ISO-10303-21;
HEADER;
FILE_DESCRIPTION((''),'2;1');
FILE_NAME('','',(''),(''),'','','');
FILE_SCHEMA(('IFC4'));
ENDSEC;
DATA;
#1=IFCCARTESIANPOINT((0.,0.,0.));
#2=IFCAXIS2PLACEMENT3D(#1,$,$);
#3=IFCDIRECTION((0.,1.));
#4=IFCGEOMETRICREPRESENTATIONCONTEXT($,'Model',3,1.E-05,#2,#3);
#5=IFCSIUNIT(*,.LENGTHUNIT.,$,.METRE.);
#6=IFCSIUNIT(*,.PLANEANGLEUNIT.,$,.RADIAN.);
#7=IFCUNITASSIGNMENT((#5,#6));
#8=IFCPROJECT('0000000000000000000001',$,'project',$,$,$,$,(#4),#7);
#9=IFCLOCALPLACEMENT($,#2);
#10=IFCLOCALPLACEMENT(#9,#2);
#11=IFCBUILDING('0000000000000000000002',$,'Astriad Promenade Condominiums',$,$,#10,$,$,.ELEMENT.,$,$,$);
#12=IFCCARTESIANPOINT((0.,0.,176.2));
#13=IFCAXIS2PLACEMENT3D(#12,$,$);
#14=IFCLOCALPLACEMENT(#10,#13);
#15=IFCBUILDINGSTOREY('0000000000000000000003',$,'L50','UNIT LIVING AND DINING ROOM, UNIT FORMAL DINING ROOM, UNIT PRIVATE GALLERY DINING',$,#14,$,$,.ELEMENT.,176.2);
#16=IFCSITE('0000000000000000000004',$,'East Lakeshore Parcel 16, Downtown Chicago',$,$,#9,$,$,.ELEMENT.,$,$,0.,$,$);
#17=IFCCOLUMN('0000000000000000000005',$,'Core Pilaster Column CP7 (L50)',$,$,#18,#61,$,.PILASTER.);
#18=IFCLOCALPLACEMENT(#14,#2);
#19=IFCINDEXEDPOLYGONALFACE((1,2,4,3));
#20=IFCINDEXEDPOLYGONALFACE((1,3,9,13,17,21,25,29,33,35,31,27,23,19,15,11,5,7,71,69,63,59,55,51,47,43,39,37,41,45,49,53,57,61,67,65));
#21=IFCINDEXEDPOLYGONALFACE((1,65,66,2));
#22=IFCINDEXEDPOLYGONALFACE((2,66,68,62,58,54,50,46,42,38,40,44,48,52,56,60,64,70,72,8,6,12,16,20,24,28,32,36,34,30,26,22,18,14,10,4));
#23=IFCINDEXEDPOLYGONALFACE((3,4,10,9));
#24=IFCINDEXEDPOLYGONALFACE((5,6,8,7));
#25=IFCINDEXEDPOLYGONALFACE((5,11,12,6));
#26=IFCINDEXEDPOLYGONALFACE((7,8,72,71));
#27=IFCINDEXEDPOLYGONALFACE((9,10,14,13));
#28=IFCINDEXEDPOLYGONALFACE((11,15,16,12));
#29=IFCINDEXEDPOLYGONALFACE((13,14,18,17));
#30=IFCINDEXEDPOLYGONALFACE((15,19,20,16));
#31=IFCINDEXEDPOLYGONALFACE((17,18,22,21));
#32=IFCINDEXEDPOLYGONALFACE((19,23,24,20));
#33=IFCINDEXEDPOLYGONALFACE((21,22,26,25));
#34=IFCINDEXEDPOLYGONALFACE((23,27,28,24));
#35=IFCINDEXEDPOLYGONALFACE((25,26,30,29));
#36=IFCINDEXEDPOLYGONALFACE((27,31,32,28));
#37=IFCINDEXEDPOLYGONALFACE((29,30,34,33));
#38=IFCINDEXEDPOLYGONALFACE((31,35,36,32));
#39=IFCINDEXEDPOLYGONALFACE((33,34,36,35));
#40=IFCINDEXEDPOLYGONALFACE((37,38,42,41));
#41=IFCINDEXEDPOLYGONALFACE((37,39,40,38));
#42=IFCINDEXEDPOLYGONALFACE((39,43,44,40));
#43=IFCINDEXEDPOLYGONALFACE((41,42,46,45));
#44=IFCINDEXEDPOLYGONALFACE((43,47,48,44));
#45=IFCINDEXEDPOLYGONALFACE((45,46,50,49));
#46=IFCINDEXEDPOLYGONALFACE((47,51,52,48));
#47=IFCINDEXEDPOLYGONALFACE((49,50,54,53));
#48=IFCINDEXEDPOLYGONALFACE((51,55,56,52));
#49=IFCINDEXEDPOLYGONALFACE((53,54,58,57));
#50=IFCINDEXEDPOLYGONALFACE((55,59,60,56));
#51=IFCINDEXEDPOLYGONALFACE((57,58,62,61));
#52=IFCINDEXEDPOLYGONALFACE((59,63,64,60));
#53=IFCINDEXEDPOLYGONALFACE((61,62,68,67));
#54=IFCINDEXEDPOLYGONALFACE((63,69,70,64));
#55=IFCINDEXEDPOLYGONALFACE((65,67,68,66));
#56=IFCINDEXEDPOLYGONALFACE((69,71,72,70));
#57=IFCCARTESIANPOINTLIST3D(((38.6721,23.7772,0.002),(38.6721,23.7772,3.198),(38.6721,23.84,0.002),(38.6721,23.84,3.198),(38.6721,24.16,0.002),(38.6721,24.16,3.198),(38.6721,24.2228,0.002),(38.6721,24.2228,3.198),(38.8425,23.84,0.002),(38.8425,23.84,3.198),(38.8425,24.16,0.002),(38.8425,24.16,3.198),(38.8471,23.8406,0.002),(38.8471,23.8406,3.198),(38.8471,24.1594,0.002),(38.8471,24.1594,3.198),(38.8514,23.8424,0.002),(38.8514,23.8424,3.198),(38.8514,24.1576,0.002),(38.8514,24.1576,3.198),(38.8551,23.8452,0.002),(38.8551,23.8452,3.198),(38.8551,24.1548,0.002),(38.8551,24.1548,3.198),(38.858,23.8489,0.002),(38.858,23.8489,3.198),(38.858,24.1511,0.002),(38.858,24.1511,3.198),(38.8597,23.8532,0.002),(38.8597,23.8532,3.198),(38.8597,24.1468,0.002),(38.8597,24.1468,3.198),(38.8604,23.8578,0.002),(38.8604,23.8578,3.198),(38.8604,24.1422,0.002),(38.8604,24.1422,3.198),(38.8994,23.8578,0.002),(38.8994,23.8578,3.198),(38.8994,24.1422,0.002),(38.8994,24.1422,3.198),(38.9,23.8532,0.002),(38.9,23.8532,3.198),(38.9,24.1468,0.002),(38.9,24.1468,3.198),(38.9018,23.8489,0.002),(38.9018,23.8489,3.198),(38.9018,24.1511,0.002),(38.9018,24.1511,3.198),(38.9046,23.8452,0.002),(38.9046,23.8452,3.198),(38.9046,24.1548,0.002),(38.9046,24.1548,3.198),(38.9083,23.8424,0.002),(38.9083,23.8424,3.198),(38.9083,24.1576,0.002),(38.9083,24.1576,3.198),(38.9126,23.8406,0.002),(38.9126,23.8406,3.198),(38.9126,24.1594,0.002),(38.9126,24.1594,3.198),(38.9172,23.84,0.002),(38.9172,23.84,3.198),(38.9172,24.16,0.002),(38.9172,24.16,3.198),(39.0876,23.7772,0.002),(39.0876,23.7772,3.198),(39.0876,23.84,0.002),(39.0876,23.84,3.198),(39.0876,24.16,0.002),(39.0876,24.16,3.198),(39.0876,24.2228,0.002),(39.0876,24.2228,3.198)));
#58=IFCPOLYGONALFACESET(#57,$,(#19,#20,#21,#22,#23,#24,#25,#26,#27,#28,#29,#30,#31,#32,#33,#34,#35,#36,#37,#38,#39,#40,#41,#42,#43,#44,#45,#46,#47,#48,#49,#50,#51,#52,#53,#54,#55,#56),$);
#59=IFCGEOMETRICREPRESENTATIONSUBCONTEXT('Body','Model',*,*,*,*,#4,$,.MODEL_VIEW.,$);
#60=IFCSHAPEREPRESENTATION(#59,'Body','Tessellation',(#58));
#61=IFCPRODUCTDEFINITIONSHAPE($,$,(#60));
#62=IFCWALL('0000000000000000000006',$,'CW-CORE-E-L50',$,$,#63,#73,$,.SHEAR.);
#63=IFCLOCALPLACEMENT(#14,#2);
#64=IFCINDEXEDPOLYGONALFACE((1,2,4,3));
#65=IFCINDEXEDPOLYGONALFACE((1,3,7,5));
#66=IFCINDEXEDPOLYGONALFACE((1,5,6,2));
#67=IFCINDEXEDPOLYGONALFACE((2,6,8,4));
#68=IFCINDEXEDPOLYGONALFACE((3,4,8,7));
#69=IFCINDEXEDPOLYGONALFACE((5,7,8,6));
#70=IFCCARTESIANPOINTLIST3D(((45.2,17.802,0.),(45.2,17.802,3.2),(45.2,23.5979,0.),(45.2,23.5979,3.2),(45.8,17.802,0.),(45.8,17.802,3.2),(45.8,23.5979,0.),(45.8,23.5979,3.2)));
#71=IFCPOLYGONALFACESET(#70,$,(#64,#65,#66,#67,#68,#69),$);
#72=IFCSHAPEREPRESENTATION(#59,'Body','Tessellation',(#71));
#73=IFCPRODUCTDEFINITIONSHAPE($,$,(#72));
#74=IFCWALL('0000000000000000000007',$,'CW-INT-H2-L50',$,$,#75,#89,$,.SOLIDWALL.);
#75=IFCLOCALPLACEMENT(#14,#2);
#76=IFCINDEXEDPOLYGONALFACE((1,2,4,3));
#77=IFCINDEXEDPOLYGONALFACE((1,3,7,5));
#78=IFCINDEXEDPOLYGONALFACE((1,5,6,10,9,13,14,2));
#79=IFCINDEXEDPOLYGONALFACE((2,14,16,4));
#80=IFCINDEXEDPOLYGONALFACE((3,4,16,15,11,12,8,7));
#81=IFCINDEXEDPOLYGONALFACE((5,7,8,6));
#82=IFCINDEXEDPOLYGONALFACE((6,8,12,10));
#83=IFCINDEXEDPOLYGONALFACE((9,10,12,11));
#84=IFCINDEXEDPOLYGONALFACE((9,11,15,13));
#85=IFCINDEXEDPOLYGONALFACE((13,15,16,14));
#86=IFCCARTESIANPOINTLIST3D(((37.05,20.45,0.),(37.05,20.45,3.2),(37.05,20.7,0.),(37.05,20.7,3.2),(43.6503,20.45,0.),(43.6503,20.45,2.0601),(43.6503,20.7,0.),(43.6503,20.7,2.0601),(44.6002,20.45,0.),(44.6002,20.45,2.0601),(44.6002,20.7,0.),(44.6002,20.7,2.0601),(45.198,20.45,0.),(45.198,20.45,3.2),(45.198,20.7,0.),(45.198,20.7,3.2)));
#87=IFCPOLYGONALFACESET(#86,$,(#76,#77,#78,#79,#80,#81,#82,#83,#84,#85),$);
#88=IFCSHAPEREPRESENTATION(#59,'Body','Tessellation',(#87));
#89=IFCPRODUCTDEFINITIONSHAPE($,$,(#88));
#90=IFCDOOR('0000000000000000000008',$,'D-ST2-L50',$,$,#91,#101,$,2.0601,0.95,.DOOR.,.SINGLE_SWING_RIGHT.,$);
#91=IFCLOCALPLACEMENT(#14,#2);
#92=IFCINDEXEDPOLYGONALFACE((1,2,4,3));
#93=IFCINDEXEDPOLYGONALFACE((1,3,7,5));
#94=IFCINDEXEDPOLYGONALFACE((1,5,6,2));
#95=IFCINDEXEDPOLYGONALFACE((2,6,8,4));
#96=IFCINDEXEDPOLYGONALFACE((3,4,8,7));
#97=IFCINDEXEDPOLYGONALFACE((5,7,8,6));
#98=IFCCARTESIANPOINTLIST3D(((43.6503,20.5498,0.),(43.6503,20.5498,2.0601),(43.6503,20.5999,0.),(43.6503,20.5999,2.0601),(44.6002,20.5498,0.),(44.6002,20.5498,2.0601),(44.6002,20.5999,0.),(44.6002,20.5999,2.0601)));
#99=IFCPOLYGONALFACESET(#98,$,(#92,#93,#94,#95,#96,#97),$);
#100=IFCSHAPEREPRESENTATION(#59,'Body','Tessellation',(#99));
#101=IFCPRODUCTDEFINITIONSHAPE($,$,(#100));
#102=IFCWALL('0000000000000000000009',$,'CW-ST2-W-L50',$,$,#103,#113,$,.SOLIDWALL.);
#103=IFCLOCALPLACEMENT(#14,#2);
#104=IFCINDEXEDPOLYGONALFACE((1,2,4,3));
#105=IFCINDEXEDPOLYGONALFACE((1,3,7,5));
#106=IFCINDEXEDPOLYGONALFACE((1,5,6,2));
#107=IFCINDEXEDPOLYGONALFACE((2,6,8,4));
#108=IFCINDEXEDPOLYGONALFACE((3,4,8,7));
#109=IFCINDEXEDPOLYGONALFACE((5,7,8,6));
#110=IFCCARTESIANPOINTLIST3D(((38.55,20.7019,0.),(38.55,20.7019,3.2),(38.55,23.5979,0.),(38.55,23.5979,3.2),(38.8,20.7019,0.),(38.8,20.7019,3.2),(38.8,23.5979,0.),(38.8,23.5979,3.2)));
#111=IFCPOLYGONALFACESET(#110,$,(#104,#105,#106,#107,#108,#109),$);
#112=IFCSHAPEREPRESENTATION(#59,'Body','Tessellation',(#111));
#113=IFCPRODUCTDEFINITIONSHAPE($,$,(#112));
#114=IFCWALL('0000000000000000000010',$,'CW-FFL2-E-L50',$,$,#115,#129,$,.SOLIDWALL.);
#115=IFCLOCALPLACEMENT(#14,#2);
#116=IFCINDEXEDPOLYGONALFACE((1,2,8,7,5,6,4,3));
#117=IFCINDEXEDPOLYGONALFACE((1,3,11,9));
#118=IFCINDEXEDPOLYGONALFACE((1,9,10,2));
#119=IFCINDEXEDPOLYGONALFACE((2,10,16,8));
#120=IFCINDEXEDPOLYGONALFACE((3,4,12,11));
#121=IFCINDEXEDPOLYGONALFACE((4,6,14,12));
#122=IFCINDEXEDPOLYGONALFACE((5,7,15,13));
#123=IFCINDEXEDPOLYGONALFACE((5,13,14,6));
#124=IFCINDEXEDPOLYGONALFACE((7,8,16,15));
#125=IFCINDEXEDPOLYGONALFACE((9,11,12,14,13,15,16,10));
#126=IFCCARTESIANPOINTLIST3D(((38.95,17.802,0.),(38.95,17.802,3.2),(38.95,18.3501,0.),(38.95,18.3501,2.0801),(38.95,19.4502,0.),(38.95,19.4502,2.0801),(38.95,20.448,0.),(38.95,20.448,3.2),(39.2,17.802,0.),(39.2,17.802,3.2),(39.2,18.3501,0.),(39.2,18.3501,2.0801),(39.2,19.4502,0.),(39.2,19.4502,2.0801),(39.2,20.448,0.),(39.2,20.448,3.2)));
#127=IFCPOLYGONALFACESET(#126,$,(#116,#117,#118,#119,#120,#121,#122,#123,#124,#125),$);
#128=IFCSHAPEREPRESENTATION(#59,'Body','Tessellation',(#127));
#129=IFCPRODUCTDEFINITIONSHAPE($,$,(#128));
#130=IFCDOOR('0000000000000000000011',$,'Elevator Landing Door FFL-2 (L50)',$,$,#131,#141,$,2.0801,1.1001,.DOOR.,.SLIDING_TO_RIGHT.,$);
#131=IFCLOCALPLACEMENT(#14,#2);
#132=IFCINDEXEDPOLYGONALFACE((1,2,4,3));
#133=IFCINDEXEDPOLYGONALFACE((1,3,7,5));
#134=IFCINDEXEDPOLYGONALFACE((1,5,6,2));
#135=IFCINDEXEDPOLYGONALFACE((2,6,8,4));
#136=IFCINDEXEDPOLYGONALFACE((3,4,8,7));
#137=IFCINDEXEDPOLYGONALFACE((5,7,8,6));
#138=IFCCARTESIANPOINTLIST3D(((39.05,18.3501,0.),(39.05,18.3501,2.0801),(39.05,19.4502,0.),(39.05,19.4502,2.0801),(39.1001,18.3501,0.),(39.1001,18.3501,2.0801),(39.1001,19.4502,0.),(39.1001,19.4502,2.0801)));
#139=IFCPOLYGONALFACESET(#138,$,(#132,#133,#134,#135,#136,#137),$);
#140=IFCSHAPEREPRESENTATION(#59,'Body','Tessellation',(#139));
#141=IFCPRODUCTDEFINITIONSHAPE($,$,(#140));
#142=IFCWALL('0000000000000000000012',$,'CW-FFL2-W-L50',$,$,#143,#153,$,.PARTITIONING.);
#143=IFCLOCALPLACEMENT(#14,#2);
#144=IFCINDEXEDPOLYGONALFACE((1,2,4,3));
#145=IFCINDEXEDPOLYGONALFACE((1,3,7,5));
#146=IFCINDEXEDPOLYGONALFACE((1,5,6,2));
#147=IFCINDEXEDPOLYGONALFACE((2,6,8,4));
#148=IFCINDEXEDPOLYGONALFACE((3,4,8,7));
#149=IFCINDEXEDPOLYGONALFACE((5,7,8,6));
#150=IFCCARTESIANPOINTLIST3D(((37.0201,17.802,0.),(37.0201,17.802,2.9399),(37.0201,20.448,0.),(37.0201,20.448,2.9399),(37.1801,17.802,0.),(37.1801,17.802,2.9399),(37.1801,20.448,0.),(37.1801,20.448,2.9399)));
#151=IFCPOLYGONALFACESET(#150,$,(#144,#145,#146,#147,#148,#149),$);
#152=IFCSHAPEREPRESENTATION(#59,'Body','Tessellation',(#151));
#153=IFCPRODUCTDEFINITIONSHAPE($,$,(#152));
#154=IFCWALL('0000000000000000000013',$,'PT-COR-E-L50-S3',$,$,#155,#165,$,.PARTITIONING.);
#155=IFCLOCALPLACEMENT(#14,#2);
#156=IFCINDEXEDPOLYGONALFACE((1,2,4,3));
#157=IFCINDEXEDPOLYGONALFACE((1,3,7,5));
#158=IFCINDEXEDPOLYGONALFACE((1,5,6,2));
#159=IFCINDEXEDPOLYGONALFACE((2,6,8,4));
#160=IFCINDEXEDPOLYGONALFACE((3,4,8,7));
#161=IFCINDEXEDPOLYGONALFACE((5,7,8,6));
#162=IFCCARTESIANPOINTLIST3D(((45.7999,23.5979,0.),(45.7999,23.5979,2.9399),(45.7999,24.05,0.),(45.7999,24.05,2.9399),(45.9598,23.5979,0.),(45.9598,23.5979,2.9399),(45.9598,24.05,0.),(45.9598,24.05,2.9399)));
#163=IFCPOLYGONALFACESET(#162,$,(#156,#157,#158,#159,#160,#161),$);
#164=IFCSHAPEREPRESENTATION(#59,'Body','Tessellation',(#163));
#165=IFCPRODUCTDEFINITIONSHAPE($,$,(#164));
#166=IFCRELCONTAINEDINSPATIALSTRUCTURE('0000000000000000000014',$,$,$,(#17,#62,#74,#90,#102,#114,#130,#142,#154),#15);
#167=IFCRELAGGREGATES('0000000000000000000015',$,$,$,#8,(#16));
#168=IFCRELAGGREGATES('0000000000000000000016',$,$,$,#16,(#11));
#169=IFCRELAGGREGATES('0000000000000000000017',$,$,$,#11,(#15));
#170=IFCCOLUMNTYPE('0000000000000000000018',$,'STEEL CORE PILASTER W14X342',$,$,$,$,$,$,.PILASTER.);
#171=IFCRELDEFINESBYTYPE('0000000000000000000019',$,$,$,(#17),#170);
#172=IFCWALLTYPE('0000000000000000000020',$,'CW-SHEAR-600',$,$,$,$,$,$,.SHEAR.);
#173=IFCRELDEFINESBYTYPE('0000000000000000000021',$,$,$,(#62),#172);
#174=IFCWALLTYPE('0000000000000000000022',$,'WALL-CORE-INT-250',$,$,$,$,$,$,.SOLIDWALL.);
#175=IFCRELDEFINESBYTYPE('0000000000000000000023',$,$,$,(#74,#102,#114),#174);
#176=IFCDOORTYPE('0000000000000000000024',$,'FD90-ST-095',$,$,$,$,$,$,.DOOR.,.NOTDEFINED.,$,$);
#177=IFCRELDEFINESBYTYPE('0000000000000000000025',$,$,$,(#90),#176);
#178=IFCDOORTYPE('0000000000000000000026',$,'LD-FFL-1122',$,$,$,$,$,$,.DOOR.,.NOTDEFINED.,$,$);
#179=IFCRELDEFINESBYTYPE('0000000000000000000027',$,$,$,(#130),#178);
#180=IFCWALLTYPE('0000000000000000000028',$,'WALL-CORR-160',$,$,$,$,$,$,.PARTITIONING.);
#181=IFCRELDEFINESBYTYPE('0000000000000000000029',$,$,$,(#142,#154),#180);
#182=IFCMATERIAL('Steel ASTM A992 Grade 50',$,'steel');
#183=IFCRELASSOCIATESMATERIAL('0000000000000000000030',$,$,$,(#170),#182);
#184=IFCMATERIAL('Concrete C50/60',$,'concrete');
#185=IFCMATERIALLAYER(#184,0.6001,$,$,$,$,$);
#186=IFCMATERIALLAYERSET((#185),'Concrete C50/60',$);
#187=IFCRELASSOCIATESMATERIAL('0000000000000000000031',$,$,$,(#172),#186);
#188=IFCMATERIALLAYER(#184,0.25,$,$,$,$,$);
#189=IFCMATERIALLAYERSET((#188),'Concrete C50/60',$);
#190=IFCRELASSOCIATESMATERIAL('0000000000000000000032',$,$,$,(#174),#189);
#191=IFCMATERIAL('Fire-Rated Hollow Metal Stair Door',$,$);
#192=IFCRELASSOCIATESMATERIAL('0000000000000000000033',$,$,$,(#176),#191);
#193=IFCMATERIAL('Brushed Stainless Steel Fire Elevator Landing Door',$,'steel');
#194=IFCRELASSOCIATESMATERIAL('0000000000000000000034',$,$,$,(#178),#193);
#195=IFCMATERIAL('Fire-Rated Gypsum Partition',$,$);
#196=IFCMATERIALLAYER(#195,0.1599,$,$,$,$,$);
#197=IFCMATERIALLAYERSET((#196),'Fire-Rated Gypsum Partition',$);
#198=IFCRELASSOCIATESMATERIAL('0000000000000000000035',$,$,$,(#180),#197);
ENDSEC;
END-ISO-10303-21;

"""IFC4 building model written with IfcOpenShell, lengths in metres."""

from ifc_helpers import new_model, si_unit, direction, frame, frame_2d, origin, origin_2d, place, context, subcontext, project, spatial, rectangle, i_section, extrude, source, transform, mapped, material, layer, layer_set, material_profile, profile_set, type_object, type_shapes, element, fill, save


model = new_model("IFC4")

# Units and contexts
model_context = context("Model", 3, precision=1e-05, world=origin(), true_north=direction((0.0, 1.0)))
body_context = subcontext(model_context, "Body", "Model", "MODEL_VIEW")
ifc_project = project(units=[si_unit("LENGTHUNIT", "METRE"), si_unit("PLANEANGLEUNIT", "RADIAN")], contexts=[model_context])

# Site, building, storey
site_placement = place(None, origin())
site = spatial("IfcSite", under=ifc_project, at=site_placement, Name="East Lakeshore Parcel 16, Downtown Chicago", CompositionType="ELEMENT", RefElevation=0.0)
building_placement = place(site_placement, origin())
building = spatial("IfcBuilding", under=site, at=building_placement, Name="Astriad Promenade Condominiums", CompositionType="ELEMENT")
storey_placement = place(building_placement, frame((0.0, 0.0, 176.2)))
storey = spatial("IfcBuildingStorey", under=building, at=storey_placement, Name="L50", Description="UNIT LIVING AND DINING ROOM, UNIT FORMAL DINING ROOM, UNIT PRIVATE GALLERY DINING", CompositionType="ELEMENT", Elevation=176.2)

# Column
ifc_material_1 = material(Name="Steel ASTM A992 Grade 50", Category="steel")
ifc_material_profile = material_profile(ifc_material_1, i_section(OverallWidth=0.4155, OverallDepth=0.4456, WebThickness=0.0391, FlangeThickness=0.0627, FilletRadius=0.0178, at=origin_2d()), Name="W14X342")
ifc_profile_set = profile_set([ifc_material_profile], Name="Steel ASTM A992 Grade 50")
column_type = type_object("IfcColumnType", Name="STEEL CORE PILASTER W14X342", PredefinedType="PILASTER", material=ifc_profile_set)
shared_shape_1 = source(origin(), body_context, "Body", "SweptSolid", [
    extrude(i_section(OverallWidth=0.4155, OverallDepth=0.4456, WebThickness=0.0391, FlangeThickness=0.0627, FilletRadius=0.0178, at=origin_2d()), origin(), (0.0, 0.0, 1.0), 3.196),
])
type_shapes(column_type, [shared_shape_1])
column_placement = place(storey_placement, frame((38.8799, 24.0, 0.002), z_axis=(0.0, 0.0, 1.0), x_axis=(1.0, 0.0, 0.0)))
element("IfcColumn", 1, at=column_placement, inside=storey, type_object=column_type, Name="Core Pilaster Column CP7 (L50)", PredefinedType="PILASTER", context=body_context, shape_type="MappedRepresentation", body=[
    mapped(shared_shape_1, transform((0.0, 0.0, 0.0), scale=1.0)),
])

# Wall
ifc_material_2 = material(Name="Concrete C50/60", Category="concrete")
ifc_layer_1 = layer(ifc_material_2, 0.6001)
ifc_layer_set_1 = layer_set([ifc_layer_1], Name="Concrete C50/60")
wall_type_1 = type_object("IfcWallType", Name="CW-SHEAR-600", PredefinedType="SHEAR", material=ifc_layer_set_1)
wall_1_placement = place(storey_placement, frame((45.5, 17.802, 0.0), z_axis=(0.0, 0.0, 1.0), x_axis=(0.0, 1.0, 0.0)))
element("IfcWall", 2, at=wall_1_placement, inside=storey, type_object=wall_type_1, Name="CW-CORE-E-L50", PredefinedType="SHEAR", context=body_context, shape_type="SweptSolid", body=[
    extrude(rectangle(XDim=5.7959, YDim=0.6001, at=frame_2d((2.8979, 0.0))), origin(), (0.0, 0.0, 1.0), 3.2),
])

# Wall, opening, door
ifc_layer_2 = layer(ifc_material_2, 0.25)
ifc_layer_set_2 = layer_set([ifc_layer_2], Name="Concrete C50/60")
wall_type_2 = type_object("IfcWallType", Name="WALL-CORE-INT-250", PredefinedType="SOLIDWALL", material=ifc_layer_set_2)
wall_2_placement = place(storey_placement, frame((37.05, 20.575, 0.0), z_axis=(0.0, 0.0, 1.0), x_axis=(1.0, 0.0, 0.0)))
wall_2 = element("IfcWall", 3, at=wall_2_placement, inside=storey, type_object=wall_type_2, Name="CW-INT-H2-L50", PredefinedType="SOLIDWALL", context=body_context, shape_type="SweptSolid", body=[
    extrude(rectangle(XDim=8.1479, YDim=0.25, at=frame_2d((4.074, 0.0))), origin(), (0.0, 0.0, 1.0), 3.2),
])
opening_1_placement = place(wall_2_placement, frame((6.6001, 0.0, 0.0)))
opening_1 = element("IfcOpeningElement", 4, at=opening_1_placement, cuts=wall_2, PredefinedType="OPENING", context=body_context, shape_type="SweptSolid", body=[
    extrude(rectangle(XDim=0.95, YDim=2.0601, at=frame_2d((0.4751, 1.03))), frame((0.0, 0.135, 0.0), z_axis=(0.0, -1.0, 0.0), x_axis=(1.0, 0.0, 0.0)), (0.0, 0.0, 1.0), 0.27),
])
ifc_material_3 = material(Name="Fire-Rated Hollow Metal Stair Door")
door_type_1 = type_object("IfcDoorType", Name="FD90-ST-095", OperationType="NOTDEFINED", PredefinedType="DOOR", material=ifc_material_3)
shared_shape_2 = source(origin(), body_context, "Body", "SweptSolid", [
    extrude(rectangle(XDim=0.95, YDim=2.0601, at=frame_2d((0.4751, 1.03))), frame((0.0, 0.0249, 0.0), z_axis=(0.0, -1.0, 0.0), x_axis=(1.0, 0.0, 0.0)), (0.0, 0.0, 1.0), 0.05),
])
type_shapes(door_type_1, [shared_shape_2])
door_1_placement = place(opening_1_placement, origin())
door_1 = element("IfcDoor", 5, at=door_1_placement, inside=storey, type_object=door_type_1, Name="D-ST2-L50", OperationType="SINGLE_SWING_RIGHT", OverallHeight=2.0601, OverallWidth=0.95, PredefinedType="DOOR", context=body_context, shape_type="MappedRepresentation", body=[
    mapped(shared_shape_2, transform((0.0, 0.0, 0.0), scale=1.0)),
])
fill(opening_1, door_1)

# Wall
wall_3_placement = place(storey_placement, frame((38.675, 20.7019, 0.0), z_axis=(0.0, 0.0, 1.0), x_axis=(0.0, 1.0, 0.0)))
element("IfcWall", 6, at=wall_3_placement, inside=storey, type_object=wall_type_2, Name="CW-ST2-W-L50", PredefinedType="SOLIDWALL", context=body_context, shape_type="SweptSolid", body=[
    extrude(rectangle(XDim=2.896, YDim=0.25, at=frame_2d((1.448, 0.0))), origin(), (0.0, 0.0, 1.0), 3.2),
])

# Wall, opening, door
wall_4_placement = place(storey_placement, frame((39.075, 17.802, 0.0), z_axis=(0.0, 0.0, 1.0), x_axis=(0.0, 1.0, 0.0)))
wall_4 = element("IfcWall", 7, at=wall_4_placement, inside=storey, type_object=wall_type_2, Name="CW-FFL2-E-L50", PredefinedType="SOLIDWALL", context=body_context, shape_type="SweptSolid", body=[
    extrude(rectangle(XDim=2.646, YDim=0.25, at=frame_2d((1.323, 0.0))), origin(), (0.0, 0.0, 1.0), 3.2),
])
opening_2_placement = place(wall_4_placement, frame((0.5481, 0.0, 0.0)))
opening_2 = element("IfcOpeningElement", 8, at=opening_2_placement, cuts=wall_4, PredefinedType="OPENING", context=body_context, shape_type="SweptSolid", body=[
    extrude(rectangle(XDim=1.1001, YDim=2.0801, at=frame_2d((0.55, 1.04))), frame((0.0, 0.135, 0.0), z_axis=(0.0, -1.0, 0.0), x_axis=(1.0, 0.0, 0.0)), (0.0, 0.0, 1.0), 0.27),
])
ifc_material_4 = material(Name="Brushed Stainless Steel Fire Elevator Landing Door", Category="steel")
door_type_2 = type_object("IfcDoorType", Name="LD-FFL-1122", OperationType="NOTDEFINED", PredefinedType="DOOR", material=ifc_material_4)
shared_shape_3 = source(origin(), body_context, "Body", "SweptSolid", [
    extrude(rectangle(XDim=1.1001, YDim=2.0801, at=frame_2d((0.55, 1.04))), frame((0.0, 0.0249, 0.0), z_axis=(0.0, -1.0, 0.0), x_axis=(1.0, 0.0, 0.0)), (0.0, 0.0, 1.0), 0.05),
])
type_shapes(door_type_2, [shared_shape_3])
door_2_placement = place(opening_2_placement, origin())
door_2 = element("IfcDoor", 9, at=door_2_placement, inside=storey, type_object=door_type_2, Name="Elevator Landing Door FFL-2 (L50)", OperationType="SLIDING_TO_RIGHT", OverallHeight=2.0801, OverallWidth=1.1001, PredefinedType="DOOR", context=body_context, shape_type="MappedRepresentation", body=[
    mapped(shared_shape_3, transform((0.0, 0.0, 0.0), scale=1.0)),
])
fill(opening_2, door_2)

# Walls
ifc_material_5 = material(Name="Fire-Rated Gypsum Partition")
ifc_layer_3 = layer(ifc_material_5, 0.1599)
ifc_layer_set_3 = layer_set([ifc_layer_3], Name="Fire-Rated Gypsum Partition")
wall_type_3 = type_object("IfcWallType", Name="WALL-CORR-160", PredefinedType="PARTITIONING", material=ifc_layer_set_3)
wall_5_placement = place(storey_placement, frame((37.1001, 17.802, 0.0), z_axis=(0.0, 0.0, 1.0), x_axis=(0.0, 1.0, 0.0)))
element("IfcWall", 10, at=wall_5_placement, inside=storey, type_object=wall_type_3, Name="CW-FFL2-W-L50", PredefinedType="PARTITIONING", context=body_context, shape_type="SweptSolid", body=[
    extrude(rectangle(XDim=2.646, YDim=0.1599, at=frame_2d((1.323, 0.0))), origin(), (0.0, 0.0, 1.0), 2.9399),
])
wall_6_placement = place(storey_placement, frame((45.8799, 23.5979, 0.0), z_axis=(0.0, 0.0, 1.0), x_axis=(0.0, 1.0, 0.0)))
element("IfcWall", 11, at=wall_6_placement, inside=storey, type_object=wall_type_3, Name="PT-COR-E-L50-S3", PredefinedType="PARTITIONING", context=body_context, shape_type="SweptSolid", body=[
    extrude(rectangle(XDim=0.4521, YDim=0.1599, at=frame_2d((0.2261, 0.0))), origin(), (0.0, 0.0, 1.0), 2.9399),
])

save(model, "model.ifc")
